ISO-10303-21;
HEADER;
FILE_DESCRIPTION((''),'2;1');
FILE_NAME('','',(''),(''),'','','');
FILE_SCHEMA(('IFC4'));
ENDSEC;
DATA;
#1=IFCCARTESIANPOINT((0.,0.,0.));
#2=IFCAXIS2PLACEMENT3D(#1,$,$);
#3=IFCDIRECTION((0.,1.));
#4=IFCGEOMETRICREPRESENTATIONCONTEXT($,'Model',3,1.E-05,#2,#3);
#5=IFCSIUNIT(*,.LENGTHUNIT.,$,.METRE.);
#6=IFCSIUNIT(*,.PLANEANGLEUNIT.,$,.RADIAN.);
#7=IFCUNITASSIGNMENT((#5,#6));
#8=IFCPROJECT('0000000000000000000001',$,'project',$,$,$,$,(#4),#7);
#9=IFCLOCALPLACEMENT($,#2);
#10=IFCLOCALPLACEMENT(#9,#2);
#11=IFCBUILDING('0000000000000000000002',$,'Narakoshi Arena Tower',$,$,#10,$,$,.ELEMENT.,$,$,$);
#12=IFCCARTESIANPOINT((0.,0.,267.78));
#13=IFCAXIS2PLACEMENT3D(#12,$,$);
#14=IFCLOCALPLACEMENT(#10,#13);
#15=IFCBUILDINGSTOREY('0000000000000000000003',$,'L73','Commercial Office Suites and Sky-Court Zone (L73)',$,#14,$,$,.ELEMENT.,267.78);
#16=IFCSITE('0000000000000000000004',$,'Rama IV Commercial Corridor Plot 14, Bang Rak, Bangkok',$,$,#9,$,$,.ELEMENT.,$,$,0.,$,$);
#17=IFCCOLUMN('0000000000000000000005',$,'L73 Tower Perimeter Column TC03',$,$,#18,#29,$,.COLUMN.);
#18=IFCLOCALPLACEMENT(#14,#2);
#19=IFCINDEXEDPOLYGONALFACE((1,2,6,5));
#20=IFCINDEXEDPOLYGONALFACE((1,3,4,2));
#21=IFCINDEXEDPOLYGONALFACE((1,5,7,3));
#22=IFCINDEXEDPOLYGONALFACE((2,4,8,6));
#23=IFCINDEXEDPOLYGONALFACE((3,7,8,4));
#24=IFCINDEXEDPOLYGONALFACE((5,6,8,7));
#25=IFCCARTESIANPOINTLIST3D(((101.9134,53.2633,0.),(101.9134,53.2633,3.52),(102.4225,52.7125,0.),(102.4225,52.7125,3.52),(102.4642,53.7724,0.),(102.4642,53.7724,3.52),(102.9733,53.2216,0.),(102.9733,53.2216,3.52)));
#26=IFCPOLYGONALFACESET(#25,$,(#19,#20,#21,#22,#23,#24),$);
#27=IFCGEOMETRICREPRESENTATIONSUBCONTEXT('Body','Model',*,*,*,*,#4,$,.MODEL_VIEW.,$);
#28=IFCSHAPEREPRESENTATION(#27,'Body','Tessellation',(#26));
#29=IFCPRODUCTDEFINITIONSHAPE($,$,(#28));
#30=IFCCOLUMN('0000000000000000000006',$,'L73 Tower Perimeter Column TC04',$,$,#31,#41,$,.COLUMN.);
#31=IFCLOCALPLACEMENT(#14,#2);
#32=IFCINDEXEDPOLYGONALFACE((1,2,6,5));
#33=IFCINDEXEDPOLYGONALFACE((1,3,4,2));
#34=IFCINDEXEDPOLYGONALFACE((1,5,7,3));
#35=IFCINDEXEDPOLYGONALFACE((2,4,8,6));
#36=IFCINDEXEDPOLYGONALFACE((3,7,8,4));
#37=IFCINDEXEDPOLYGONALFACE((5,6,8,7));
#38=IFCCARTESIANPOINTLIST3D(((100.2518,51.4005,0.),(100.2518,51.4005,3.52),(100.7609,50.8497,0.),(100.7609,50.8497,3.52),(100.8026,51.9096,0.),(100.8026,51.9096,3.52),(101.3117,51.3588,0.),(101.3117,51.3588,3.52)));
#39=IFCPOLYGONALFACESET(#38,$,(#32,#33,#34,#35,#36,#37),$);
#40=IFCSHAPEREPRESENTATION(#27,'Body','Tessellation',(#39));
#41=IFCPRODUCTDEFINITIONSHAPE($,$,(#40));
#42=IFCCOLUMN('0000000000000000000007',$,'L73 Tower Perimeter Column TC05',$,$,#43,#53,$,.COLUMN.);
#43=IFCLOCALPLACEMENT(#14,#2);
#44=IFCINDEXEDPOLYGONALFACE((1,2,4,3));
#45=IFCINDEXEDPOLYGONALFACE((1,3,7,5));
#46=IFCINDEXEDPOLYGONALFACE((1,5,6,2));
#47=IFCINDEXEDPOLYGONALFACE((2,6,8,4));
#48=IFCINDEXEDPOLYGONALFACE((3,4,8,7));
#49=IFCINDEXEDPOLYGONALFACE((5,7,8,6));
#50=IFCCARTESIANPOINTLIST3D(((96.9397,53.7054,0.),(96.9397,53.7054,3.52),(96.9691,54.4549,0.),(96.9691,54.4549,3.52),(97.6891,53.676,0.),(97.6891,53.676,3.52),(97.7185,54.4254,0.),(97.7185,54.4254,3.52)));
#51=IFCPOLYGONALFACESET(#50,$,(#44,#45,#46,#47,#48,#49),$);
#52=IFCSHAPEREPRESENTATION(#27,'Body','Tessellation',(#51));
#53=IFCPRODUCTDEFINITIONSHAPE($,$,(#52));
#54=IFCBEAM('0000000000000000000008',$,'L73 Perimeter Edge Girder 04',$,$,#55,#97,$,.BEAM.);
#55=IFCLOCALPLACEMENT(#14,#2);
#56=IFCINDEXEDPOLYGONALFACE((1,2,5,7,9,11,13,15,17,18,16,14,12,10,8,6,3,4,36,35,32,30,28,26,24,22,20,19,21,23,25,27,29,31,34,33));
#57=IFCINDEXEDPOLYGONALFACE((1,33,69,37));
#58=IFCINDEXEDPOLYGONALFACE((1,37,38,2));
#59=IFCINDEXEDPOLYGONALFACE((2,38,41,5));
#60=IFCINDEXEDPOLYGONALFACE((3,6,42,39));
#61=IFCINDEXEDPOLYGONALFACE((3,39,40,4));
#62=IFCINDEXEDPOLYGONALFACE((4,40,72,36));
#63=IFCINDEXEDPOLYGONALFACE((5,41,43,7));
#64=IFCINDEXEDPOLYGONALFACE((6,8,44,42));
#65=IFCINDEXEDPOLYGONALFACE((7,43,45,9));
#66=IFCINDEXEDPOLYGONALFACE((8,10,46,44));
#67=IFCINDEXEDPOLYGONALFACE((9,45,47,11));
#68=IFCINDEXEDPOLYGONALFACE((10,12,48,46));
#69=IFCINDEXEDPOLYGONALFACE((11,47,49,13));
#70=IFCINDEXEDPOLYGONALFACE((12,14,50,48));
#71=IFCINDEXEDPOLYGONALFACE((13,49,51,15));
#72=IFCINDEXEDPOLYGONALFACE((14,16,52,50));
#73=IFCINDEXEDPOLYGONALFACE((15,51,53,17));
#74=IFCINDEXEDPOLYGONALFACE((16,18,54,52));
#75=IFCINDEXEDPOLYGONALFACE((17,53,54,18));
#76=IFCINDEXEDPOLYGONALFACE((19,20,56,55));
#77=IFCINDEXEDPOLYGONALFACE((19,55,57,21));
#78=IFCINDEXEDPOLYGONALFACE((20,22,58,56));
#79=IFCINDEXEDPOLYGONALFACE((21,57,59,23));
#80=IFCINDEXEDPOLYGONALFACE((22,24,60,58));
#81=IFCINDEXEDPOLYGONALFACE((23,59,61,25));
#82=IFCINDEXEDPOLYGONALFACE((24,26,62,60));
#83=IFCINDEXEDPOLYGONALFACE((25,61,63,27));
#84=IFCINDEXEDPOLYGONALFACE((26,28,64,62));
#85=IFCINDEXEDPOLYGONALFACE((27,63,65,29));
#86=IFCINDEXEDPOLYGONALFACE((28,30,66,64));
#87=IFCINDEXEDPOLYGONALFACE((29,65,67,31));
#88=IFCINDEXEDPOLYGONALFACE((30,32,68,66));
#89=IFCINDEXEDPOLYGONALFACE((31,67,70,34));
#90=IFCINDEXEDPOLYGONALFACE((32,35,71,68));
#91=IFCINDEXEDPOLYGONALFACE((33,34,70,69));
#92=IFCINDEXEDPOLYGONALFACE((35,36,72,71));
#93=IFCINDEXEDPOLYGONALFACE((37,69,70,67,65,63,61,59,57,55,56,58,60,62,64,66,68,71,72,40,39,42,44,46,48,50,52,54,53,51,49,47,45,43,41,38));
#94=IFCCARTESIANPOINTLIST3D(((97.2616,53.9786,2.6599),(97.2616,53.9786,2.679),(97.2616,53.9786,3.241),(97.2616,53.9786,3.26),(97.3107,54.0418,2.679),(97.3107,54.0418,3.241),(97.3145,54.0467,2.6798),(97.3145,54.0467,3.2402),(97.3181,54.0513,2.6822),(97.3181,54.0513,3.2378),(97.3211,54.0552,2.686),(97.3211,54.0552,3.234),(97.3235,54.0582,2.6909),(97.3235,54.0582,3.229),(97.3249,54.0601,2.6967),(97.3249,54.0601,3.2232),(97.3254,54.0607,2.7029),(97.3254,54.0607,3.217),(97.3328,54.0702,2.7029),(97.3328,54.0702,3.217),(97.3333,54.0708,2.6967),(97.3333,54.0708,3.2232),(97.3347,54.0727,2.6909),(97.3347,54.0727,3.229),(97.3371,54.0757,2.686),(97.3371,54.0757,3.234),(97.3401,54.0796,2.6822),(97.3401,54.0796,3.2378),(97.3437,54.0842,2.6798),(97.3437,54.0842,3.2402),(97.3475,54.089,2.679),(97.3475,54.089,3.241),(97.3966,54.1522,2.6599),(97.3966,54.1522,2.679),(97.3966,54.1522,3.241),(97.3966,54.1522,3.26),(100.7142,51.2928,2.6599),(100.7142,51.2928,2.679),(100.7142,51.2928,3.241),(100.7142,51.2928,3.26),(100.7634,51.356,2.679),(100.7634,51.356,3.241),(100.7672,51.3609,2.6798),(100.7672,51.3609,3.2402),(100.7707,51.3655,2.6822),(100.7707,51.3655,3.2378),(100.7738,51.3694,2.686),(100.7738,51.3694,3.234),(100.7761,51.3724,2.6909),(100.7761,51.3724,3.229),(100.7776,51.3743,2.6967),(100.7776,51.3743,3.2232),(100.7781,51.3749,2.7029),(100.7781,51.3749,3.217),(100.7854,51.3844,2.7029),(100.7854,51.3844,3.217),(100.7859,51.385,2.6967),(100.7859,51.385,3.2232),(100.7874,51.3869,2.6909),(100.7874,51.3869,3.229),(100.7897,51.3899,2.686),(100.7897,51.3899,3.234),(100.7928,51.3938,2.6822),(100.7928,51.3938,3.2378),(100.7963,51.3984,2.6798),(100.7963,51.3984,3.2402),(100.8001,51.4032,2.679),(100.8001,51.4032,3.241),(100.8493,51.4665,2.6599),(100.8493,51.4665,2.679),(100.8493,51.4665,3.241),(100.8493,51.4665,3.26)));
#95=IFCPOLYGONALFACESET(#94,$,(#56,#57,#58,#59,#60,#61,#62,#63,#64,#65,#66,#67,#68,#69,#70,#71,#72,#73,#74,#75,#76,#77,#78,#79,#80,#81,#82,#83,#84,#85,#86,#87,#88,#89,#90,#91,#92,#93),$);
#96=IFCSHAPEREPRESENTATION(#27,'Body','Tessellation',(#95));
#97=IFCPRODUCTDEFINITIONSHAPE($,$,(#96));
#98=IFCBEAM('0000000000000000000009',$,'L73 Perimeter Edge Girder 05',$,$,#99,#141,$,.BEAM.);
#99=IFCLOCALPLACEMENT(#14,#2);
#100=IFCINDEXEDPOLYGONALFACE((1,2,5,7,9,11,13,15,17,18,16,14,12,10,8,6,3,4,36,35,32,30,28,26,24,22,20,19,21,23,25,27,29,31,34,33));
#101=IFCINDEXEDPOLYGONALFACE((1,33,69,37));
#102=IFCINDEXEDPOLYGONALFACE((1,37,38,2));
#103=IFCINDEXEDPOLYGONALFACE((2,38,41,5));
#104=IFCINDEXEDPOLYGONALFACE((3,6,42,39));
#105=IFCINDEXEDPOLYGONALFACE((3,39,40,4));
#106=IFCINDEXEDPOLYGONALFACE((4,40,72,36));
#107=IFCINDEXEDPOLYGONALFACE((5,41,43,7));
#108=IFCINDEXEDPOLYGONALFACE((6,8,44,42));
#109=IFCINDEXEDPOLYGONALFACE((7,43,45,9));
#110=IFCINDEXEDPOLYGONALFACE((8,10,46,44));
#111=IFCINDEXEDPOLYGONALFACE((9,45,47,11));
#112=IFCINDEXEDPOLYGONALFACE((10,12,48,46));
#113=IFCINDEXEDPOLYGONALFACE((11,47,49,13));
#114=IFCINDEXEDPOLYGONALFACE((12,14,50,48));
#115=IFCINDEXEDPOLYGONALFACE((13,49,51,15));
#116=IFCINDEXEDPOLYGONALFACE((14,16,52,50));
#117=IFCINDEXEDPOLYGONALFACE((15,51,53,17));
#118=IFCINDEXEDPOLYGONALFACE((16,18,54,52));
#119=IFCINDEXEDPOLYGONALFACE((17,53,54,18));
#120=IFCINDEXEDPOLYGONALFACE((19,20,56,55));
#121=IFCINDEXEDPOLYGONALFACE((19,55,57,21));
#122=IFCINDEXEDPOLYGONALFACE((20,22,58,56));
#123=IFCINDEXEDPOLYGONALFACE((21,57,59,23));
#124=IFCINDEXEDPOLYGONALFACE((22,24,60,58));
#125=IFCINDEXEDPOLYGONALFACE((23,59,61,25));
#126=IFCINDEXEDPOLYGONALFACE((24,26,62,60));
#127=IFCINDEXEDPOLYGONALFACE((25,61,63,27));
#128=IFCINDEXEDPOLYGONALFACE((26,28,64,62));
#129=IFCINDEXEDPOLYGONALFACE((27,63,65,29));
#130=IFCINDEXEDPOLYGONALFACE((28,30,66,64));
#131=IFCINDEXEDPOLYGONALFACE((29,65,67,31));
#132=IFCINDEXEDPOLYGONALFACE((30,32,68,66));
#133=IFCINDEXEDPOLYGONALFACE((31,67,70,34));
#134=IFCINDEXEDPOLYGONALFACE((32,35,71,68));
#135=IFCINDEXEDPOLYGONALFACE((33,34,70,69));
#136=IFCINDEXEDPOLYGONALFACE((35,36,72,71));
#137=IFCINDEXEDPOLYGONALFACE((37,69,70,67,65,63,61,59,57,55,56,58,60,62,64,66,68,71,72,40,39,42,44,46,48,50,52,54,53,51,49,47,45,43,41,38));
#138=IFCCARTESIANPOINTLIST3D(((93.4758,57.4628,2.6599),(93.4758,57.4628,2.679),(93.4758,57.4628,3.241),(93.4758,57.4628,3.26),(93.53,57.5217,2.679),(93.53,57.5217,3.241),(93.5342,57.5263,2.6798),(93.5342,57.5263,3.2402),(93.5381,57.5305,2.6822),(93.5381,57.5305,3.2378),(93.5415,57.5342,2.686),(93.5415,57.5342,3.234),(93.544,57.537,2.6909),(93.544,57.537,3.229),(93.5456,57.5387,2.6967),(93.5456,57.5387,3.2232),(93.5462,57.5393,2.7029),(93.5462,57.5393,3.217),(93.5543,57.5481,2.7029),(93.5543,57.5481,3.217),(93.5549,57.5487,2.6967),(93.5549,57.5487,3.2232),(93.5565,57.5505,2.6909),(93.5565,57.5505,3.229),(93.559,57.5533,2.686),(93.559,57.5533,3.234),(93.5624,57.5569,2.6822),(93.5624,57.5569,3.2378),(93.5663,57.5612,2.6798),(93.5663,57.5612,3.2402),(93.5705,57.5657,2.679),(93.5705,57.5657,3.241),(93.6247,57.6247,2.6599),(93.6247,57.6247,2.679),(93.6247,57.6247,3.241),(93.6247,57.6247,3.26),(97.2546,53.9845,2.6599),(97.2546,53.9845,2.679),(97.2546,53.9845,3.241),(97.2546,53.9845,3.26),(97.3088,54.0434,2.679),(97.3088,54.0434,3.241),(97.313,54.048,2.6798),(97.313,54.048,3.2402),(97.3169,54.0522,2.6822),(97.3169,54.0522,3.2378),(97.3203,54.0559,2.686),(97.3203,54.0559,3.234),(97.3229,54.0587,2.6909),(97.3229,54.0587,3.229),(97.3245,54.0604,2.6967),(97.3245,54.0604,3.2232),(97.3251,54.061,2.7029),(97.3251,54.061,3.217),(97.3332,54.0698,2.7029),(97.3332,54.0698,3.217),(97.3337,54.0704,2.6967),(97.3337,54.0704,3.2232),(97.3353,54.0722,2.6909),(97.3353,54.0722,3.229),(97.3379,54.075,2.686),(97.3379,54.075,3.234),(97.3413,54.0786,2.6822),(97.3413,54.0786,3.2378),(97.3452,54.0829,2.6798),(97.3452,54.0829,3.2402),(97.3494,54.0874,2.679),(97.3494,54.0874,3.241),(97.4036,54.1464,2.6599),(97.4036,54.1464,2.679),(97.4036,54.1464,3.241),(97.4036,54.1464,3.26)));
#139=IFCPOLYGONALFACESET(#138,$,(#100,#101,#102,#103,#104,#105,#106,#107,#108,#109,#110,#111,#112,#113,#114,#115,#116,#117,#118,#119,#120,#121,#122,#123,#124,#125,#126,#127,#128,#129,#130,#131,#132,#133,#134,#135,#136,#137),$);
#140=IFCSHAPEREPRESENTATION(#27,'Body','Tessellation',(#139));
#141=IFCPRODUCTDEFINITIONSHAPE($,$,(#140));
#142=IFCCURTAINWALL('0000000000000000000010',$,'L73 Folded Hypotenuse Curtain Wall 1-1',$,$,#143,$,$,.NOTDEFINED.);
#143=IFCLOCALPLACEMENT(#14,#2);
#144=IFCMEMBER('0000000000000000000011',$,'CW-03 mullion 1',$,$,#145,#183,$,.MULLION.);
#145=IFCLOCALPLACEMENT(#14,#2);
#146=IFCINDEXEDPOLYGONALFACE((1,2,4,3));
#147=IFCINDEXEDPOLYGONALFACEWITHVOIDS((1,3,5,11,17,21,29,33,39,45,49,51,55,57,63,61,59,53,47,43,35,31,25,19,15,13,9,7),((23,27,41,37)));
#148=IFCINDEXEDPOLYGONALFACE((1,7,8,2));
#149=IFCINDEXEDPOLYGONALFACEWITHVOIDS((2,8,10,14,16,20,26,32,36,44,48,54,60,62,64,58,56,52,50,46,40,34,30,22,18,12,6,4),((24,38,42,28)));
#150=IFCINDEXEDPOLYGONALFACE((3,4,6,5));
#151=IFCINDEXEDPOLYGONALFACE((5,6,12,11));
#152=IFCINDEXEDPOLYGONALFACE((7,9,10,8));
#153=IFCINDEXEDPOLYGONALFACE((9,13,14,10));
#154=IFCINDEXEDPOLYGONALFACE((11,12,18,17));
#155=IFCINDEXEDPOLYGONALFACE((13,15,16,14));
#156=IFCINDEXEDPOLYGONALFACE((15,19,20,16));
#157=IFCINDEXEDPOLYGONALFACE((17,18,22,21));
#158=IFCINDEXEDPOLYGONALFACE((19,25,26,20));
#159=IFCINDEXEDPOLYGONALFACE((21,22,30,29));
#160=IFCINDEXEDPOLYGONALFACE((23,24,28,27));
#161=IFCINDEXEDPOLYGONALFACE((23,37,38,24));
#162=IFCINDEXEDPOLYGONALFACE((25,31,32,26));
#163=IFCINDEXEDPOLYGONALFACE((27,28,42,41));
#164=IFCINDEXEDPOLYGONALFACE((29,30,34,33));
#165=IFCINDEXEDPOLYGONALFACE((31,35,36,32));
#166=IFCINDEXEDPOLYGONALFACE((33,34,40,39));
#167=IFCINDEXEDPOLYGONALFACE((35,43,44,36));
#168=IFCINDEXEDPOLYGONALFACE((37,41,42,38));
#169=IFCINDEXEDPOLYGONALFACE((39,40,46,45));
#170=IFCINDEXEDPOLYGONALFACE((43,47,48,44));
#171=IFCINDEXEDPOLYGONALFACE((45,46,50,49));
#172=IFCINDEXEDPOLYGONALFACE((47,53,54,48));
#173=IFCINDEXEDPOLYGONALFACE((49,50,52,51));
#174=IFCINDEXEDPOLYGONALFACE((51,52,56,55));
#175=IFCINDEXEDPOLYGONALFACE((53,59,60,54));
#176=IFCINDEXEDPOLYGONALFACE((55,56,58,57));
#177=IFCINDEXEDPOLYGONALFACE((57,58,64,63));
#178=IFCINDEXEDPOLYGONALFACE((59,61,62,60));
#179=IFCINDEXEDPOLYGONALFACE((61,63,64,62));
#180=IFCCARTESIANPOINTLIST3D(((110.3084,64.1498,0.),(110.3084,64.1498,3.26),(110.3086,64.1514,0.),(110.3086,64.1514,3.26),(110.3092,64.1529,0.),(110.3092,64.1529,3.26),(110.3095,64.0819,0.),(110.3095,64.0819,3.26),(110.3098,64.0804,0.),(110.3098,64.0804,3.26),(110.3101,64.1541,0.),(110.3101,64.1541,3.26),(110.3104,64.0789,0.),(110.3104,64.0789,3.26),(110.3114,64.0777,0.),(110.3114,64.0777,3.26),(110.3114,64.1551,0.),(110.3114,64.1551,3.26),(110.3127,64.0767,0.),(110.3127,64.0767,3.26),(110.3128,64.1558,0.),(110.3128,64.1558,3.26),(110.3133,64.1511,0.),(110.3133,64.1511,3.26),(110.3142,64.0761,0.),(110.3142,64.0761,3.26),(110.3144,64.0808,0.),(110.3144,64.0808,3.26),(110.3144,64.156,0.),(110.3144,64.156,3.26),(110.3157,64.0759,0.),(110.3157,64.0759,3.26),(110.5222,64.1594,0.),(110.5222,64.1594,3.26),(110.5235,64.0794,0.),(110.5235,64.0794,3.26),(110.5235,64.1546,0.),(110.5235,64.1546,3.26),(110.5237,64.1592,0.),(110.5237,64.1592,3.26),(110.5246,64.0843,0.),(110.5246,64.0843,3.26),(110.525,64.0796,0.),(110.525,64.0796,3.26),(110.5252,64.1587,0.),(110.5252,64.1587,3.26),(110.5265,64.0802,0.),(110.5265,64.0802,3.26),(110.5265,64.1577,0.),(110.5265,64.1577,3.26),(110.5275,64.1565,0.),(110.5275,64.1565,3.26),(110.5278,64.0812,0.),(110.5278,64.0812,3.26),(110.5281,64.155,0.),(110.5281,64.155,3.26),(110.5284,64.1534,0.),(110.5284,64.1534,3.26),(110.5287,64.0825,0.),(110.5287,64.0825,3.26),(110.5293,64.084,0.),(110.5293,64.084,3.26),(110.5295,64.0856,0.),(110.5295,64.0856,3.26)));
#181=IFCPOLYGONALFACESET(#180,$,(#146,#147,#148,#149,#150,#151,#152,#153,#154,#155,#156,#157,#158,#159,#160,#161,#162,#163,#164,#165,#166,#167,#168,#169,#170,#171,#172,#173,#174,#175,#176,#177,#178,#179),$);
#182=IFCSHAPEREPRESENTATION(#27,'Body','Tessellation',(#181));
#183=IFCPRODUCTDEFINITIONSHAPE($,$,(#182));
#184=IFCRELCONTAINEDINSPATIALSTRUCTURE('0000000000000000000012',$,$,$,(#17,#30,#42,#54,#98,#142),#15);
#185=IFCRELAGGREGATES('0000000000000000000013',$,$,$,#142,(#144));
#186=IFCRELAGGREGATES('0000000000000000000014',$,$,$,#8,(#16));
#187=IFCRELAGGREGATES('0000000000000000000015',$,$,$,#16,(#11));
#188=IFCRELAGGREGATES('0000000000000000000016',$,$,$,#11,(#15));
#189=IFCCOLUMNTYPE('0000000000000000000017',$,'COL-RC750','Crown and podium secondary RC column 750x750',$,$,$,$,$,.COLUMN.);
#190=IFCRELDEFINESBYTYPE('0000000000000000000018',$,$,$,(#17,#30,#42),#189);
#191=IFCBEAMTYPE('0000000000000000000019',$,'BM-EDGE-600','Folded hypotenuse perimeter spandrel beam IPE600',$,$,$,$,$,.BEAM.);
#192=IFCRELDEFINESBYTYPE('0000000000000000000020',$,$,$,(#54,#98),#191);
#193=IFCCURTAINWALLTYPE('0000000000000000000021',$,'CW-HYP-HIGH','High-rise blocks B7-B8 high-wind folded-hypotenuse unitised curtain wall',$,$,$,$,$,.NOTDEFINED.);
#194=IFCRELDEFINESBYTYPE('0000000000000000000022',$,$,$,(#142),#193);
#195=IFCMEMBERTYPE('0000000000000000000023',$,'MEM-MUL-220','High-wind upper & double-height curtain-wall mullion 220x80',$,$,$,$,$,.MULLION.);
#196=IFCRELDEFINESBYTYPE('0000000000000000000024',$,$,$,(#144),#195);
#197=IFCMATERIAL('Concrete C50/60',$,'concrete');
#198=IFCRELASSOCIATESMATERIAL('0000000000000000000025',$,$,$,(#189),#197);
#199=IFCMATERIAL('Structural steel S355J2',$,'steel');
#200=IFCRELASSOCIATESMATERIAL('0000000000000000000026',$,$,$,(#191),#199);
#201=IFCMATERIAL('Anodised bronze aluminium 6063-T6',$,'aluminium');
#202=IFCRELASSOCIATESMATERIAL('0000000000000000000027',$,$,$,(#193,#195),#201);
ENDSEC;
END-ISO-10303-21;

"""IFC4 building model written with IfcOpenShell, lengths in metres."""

from ifc_helpers import new_model, si_unit, direction, frame, origin, origin_2d, place, context, subcontext, project, spatial, rectangle, hollow_rectangle, i_section, extrude, material, material_profile, profile_set, type_object, element, aggregate, save


model = new_model("IFC4")

# Units and contexts
model_context = context("Model", 3, precision=1e-05, world=origin(), true_north=direction((0.0, 1.0)))
body_context = subcontext(model_context, "Body", "Model", "MODEL_VIEW")
ifc_project = project(units=[si_unit("LENGTHUNIT", "METRE"), si_unit("PLANEANGLEUNIT", "RADIAN")], contexts=[model_context])

# Site, building, storey
site_placement = place(None, origin())
site = spatial("IfcSite", under=ifc_project, at=site_placement, Name="Rama IV Commercial Corridor Plot 14, Bang Rak, Bangkok", CompositionType="ELEMENT", RefElevation=0.0)
building_placement = place(site_placement, origin())
building = spatial("IfcBuilding", under=site, at=building_placement, Name="Narakoshi Arena Tower", CompositionType="ELEMENT")
storey_placement = place(building_placement, frame((0.0, 0.0, 267.78)))
storey = spatial("IfcBuildingStorey", under=building, at=storey_placement, Name="L73", Description="Commercial Office Suites and Sky-Court Zone (L73)", CompositionType="ELEMENT", Elevation=267.78)

# Columns
ifc_material_1 = material(Name="Concrete C50/60", Category="concrete")
ifc_material_profile_1 = material_profile(ifc_material_1, rectangle(XDim=0.75, YDim=0.75, at=origin_2d()), Name="RC750x750")
ifc_profile_set_1 = profile_set([ifc_material_profile_1], Name="Concrete C50/60")
column_type = type_object("IfcColumnType", Name="COL-RC750", Description="Crown and podium secondary RC column 750x750", PredefinedType="COLUMN", material=ifc_profile_set_1)
for number, where, z_axis, x_axis, name in (
    (1, (102.4434, 53.2424, 0.0), (0.0, 0.0, 1.0), (0.734323, 0.678801, 0.0), "L73 Tower Perimeter Column TC03"),
    (2, (100.7817, 51.3796, 0.0), (0.0, 0.0, 1.0), (0.734323, 0.678801, 0.0), "L73 Tower Perimeter Column TC04"),
    (3, (97.3291, 54.0654, 0.0), (0.0, 0.0, 1.0), (0.03926, 0.999229, 0.0), "L73 Tower Perimeter Column TC05"),
):
    element("IfcColumn", number, at=place(storey_placement, frame(where, z_axis=z_axis, x_axis=x_axis)), inside=storey, type_object=column_type, Name=name, PredefinedType="COLUMN", context=body_context, shape_type="SweptSolid", body=[
        extrude(rectangle(XDim=0.75, YDim=0.75, at=origin_2d()), origin(), (0.0, 0.0, 1.0), 3.52),
    ])

# Beams
ifc_material_2 = material(Name="Structural steel S355J2", Category="steel")
ifc_material_profile_2 = material_profile(ifc_material_2, i_section(OverallWidth=0.22, OverallDepth=0.6001, WebThickness=0.012, FlangeThickness=0.019, FilletRadius=0.0239, at=origin_2d()), Name="IPE600")
ifc_profile_set_2 = profile_set([ifc_material_profile_2], Name="Structural steel S355J2")
beam_type = type_object("IfcBeamType", Name="BM-EDGE-600", Description="Folded hypotenuse perimeter spandrel beam IPE600", PredefinedType="BEAM", material=ifc_profile_set_2)
beam_1_placement = place(storey_placement, frame((100.7817, 51.3796, 2.96), z_axis=(-0.789307, 0.613999, 0.0), x_axis=(-0.613999, -0.789307, 0.0)))
element("IfcBeam", 4, at=beam_1_placement, inside=storey, type_object=beam_type, Name="L73 Perimeter Edge Girder 04", PredefinedType="BEAM", context=body_context, shape_type="SweptSolid", body=[
    extrude(i_section(OverallWidth=0.22, OverallDepth=0.6001, WebThickness=0.012, FlangeThickness=0.019, FilletRadius=0.0239, at=origin_2d()), origin(), (0.0, 0.0, 1.0), 4.3743),
])
beam_2_placement = place(storey_placement, frame((97.3291, 54.0654, 2.96), z_axis=(-0.73576, 0.677243, 0.0), x_axis=(-0.677243, -0.73576, 0.0)))
element("IfcBeam", 5, at=beam_2_placement, inside=storey, type_object=beam_type, Name="L73 Perimeter Edge Girder 05", PredefinedType="BEAM", context=body_context, shape_type="SweptSolid", body=[
    extrude(i_section(OverallWidth=0.22, OverallDepth=0.6001, WebThickness=0.012, FlangeThickness=0.019, FilletRadius=0.0239, at=origin_2d()), origin(), (0.0, 0.0, 1.0), 5.136),
])

# Curtain wall, member
ifc_material_3 = material(Name="Anodised bronze aluminium 6063-T6", Category="aluminium")
curtain_wall_type = type_object("IfcCurtainWallType", Name="CW-HYP-HIGH", Description="High-rise blocks B7-B8 high-wind folded-hypotenuse unitised curtain wall", PredefinedType="NOTDEFINED", material=ifc_material_3)
curtain_wall_placement = place(storey_placement, origin())
curtain_wall = element("IfcCurtainWall", 6, at=curtain_wall_placement, inside=storey, type_object=curtain_wall_type, Name="L73 Folded Hypotenuse Curtain Wall 1-1", PredefinedType="NOTDEFINED")
ifc_material_profile_3 = material_profile(ifc_material_3, hollow_rectangle(XDim=0.0801, YDim=0.22, WallThickness=0.0049, OuterFilletRadius=0.0061, at=origin_2d()), Name="MUL220x80x5")
ifc_profile_set_3 = profile_set([ifc_material_profile_3], Name="Anodised bronze aluminium 6063-T6")
member_type_1 = type_object("IfcMemberType", Name="MEM-MUL-220", Description="High-wind upper & double-height curtain-wall mullion 220x80", PredefinedType="MULLION", material=ifc_profile_set_3)
member_1_placement = place(storey_placement, frame((110.4189, 64.1177, 0.0), z_axis=(0.0, 0.0, 1.0), x_axis=(0.016443, -0.999865, 0.0)))
member_1 = element("IfcMember", 7, at=member_1_placement, type_object=member_type_1, Name="CW-03 mullion 1", PredefinedType="MULLION", context=body_context, shape_type="SweptSolid", body=[
    extrude(hollow_rectangle(XDim=0.0801, YDim=0.22, WallThickness=0.0049, OuterFilletRadius=0.0061, at=origin_2d()), origin(), (0.0, 0.0, 1.0), 3.26),
])
aggregate(curtain_wall, [member_1])

save(model, "model.ifc")
